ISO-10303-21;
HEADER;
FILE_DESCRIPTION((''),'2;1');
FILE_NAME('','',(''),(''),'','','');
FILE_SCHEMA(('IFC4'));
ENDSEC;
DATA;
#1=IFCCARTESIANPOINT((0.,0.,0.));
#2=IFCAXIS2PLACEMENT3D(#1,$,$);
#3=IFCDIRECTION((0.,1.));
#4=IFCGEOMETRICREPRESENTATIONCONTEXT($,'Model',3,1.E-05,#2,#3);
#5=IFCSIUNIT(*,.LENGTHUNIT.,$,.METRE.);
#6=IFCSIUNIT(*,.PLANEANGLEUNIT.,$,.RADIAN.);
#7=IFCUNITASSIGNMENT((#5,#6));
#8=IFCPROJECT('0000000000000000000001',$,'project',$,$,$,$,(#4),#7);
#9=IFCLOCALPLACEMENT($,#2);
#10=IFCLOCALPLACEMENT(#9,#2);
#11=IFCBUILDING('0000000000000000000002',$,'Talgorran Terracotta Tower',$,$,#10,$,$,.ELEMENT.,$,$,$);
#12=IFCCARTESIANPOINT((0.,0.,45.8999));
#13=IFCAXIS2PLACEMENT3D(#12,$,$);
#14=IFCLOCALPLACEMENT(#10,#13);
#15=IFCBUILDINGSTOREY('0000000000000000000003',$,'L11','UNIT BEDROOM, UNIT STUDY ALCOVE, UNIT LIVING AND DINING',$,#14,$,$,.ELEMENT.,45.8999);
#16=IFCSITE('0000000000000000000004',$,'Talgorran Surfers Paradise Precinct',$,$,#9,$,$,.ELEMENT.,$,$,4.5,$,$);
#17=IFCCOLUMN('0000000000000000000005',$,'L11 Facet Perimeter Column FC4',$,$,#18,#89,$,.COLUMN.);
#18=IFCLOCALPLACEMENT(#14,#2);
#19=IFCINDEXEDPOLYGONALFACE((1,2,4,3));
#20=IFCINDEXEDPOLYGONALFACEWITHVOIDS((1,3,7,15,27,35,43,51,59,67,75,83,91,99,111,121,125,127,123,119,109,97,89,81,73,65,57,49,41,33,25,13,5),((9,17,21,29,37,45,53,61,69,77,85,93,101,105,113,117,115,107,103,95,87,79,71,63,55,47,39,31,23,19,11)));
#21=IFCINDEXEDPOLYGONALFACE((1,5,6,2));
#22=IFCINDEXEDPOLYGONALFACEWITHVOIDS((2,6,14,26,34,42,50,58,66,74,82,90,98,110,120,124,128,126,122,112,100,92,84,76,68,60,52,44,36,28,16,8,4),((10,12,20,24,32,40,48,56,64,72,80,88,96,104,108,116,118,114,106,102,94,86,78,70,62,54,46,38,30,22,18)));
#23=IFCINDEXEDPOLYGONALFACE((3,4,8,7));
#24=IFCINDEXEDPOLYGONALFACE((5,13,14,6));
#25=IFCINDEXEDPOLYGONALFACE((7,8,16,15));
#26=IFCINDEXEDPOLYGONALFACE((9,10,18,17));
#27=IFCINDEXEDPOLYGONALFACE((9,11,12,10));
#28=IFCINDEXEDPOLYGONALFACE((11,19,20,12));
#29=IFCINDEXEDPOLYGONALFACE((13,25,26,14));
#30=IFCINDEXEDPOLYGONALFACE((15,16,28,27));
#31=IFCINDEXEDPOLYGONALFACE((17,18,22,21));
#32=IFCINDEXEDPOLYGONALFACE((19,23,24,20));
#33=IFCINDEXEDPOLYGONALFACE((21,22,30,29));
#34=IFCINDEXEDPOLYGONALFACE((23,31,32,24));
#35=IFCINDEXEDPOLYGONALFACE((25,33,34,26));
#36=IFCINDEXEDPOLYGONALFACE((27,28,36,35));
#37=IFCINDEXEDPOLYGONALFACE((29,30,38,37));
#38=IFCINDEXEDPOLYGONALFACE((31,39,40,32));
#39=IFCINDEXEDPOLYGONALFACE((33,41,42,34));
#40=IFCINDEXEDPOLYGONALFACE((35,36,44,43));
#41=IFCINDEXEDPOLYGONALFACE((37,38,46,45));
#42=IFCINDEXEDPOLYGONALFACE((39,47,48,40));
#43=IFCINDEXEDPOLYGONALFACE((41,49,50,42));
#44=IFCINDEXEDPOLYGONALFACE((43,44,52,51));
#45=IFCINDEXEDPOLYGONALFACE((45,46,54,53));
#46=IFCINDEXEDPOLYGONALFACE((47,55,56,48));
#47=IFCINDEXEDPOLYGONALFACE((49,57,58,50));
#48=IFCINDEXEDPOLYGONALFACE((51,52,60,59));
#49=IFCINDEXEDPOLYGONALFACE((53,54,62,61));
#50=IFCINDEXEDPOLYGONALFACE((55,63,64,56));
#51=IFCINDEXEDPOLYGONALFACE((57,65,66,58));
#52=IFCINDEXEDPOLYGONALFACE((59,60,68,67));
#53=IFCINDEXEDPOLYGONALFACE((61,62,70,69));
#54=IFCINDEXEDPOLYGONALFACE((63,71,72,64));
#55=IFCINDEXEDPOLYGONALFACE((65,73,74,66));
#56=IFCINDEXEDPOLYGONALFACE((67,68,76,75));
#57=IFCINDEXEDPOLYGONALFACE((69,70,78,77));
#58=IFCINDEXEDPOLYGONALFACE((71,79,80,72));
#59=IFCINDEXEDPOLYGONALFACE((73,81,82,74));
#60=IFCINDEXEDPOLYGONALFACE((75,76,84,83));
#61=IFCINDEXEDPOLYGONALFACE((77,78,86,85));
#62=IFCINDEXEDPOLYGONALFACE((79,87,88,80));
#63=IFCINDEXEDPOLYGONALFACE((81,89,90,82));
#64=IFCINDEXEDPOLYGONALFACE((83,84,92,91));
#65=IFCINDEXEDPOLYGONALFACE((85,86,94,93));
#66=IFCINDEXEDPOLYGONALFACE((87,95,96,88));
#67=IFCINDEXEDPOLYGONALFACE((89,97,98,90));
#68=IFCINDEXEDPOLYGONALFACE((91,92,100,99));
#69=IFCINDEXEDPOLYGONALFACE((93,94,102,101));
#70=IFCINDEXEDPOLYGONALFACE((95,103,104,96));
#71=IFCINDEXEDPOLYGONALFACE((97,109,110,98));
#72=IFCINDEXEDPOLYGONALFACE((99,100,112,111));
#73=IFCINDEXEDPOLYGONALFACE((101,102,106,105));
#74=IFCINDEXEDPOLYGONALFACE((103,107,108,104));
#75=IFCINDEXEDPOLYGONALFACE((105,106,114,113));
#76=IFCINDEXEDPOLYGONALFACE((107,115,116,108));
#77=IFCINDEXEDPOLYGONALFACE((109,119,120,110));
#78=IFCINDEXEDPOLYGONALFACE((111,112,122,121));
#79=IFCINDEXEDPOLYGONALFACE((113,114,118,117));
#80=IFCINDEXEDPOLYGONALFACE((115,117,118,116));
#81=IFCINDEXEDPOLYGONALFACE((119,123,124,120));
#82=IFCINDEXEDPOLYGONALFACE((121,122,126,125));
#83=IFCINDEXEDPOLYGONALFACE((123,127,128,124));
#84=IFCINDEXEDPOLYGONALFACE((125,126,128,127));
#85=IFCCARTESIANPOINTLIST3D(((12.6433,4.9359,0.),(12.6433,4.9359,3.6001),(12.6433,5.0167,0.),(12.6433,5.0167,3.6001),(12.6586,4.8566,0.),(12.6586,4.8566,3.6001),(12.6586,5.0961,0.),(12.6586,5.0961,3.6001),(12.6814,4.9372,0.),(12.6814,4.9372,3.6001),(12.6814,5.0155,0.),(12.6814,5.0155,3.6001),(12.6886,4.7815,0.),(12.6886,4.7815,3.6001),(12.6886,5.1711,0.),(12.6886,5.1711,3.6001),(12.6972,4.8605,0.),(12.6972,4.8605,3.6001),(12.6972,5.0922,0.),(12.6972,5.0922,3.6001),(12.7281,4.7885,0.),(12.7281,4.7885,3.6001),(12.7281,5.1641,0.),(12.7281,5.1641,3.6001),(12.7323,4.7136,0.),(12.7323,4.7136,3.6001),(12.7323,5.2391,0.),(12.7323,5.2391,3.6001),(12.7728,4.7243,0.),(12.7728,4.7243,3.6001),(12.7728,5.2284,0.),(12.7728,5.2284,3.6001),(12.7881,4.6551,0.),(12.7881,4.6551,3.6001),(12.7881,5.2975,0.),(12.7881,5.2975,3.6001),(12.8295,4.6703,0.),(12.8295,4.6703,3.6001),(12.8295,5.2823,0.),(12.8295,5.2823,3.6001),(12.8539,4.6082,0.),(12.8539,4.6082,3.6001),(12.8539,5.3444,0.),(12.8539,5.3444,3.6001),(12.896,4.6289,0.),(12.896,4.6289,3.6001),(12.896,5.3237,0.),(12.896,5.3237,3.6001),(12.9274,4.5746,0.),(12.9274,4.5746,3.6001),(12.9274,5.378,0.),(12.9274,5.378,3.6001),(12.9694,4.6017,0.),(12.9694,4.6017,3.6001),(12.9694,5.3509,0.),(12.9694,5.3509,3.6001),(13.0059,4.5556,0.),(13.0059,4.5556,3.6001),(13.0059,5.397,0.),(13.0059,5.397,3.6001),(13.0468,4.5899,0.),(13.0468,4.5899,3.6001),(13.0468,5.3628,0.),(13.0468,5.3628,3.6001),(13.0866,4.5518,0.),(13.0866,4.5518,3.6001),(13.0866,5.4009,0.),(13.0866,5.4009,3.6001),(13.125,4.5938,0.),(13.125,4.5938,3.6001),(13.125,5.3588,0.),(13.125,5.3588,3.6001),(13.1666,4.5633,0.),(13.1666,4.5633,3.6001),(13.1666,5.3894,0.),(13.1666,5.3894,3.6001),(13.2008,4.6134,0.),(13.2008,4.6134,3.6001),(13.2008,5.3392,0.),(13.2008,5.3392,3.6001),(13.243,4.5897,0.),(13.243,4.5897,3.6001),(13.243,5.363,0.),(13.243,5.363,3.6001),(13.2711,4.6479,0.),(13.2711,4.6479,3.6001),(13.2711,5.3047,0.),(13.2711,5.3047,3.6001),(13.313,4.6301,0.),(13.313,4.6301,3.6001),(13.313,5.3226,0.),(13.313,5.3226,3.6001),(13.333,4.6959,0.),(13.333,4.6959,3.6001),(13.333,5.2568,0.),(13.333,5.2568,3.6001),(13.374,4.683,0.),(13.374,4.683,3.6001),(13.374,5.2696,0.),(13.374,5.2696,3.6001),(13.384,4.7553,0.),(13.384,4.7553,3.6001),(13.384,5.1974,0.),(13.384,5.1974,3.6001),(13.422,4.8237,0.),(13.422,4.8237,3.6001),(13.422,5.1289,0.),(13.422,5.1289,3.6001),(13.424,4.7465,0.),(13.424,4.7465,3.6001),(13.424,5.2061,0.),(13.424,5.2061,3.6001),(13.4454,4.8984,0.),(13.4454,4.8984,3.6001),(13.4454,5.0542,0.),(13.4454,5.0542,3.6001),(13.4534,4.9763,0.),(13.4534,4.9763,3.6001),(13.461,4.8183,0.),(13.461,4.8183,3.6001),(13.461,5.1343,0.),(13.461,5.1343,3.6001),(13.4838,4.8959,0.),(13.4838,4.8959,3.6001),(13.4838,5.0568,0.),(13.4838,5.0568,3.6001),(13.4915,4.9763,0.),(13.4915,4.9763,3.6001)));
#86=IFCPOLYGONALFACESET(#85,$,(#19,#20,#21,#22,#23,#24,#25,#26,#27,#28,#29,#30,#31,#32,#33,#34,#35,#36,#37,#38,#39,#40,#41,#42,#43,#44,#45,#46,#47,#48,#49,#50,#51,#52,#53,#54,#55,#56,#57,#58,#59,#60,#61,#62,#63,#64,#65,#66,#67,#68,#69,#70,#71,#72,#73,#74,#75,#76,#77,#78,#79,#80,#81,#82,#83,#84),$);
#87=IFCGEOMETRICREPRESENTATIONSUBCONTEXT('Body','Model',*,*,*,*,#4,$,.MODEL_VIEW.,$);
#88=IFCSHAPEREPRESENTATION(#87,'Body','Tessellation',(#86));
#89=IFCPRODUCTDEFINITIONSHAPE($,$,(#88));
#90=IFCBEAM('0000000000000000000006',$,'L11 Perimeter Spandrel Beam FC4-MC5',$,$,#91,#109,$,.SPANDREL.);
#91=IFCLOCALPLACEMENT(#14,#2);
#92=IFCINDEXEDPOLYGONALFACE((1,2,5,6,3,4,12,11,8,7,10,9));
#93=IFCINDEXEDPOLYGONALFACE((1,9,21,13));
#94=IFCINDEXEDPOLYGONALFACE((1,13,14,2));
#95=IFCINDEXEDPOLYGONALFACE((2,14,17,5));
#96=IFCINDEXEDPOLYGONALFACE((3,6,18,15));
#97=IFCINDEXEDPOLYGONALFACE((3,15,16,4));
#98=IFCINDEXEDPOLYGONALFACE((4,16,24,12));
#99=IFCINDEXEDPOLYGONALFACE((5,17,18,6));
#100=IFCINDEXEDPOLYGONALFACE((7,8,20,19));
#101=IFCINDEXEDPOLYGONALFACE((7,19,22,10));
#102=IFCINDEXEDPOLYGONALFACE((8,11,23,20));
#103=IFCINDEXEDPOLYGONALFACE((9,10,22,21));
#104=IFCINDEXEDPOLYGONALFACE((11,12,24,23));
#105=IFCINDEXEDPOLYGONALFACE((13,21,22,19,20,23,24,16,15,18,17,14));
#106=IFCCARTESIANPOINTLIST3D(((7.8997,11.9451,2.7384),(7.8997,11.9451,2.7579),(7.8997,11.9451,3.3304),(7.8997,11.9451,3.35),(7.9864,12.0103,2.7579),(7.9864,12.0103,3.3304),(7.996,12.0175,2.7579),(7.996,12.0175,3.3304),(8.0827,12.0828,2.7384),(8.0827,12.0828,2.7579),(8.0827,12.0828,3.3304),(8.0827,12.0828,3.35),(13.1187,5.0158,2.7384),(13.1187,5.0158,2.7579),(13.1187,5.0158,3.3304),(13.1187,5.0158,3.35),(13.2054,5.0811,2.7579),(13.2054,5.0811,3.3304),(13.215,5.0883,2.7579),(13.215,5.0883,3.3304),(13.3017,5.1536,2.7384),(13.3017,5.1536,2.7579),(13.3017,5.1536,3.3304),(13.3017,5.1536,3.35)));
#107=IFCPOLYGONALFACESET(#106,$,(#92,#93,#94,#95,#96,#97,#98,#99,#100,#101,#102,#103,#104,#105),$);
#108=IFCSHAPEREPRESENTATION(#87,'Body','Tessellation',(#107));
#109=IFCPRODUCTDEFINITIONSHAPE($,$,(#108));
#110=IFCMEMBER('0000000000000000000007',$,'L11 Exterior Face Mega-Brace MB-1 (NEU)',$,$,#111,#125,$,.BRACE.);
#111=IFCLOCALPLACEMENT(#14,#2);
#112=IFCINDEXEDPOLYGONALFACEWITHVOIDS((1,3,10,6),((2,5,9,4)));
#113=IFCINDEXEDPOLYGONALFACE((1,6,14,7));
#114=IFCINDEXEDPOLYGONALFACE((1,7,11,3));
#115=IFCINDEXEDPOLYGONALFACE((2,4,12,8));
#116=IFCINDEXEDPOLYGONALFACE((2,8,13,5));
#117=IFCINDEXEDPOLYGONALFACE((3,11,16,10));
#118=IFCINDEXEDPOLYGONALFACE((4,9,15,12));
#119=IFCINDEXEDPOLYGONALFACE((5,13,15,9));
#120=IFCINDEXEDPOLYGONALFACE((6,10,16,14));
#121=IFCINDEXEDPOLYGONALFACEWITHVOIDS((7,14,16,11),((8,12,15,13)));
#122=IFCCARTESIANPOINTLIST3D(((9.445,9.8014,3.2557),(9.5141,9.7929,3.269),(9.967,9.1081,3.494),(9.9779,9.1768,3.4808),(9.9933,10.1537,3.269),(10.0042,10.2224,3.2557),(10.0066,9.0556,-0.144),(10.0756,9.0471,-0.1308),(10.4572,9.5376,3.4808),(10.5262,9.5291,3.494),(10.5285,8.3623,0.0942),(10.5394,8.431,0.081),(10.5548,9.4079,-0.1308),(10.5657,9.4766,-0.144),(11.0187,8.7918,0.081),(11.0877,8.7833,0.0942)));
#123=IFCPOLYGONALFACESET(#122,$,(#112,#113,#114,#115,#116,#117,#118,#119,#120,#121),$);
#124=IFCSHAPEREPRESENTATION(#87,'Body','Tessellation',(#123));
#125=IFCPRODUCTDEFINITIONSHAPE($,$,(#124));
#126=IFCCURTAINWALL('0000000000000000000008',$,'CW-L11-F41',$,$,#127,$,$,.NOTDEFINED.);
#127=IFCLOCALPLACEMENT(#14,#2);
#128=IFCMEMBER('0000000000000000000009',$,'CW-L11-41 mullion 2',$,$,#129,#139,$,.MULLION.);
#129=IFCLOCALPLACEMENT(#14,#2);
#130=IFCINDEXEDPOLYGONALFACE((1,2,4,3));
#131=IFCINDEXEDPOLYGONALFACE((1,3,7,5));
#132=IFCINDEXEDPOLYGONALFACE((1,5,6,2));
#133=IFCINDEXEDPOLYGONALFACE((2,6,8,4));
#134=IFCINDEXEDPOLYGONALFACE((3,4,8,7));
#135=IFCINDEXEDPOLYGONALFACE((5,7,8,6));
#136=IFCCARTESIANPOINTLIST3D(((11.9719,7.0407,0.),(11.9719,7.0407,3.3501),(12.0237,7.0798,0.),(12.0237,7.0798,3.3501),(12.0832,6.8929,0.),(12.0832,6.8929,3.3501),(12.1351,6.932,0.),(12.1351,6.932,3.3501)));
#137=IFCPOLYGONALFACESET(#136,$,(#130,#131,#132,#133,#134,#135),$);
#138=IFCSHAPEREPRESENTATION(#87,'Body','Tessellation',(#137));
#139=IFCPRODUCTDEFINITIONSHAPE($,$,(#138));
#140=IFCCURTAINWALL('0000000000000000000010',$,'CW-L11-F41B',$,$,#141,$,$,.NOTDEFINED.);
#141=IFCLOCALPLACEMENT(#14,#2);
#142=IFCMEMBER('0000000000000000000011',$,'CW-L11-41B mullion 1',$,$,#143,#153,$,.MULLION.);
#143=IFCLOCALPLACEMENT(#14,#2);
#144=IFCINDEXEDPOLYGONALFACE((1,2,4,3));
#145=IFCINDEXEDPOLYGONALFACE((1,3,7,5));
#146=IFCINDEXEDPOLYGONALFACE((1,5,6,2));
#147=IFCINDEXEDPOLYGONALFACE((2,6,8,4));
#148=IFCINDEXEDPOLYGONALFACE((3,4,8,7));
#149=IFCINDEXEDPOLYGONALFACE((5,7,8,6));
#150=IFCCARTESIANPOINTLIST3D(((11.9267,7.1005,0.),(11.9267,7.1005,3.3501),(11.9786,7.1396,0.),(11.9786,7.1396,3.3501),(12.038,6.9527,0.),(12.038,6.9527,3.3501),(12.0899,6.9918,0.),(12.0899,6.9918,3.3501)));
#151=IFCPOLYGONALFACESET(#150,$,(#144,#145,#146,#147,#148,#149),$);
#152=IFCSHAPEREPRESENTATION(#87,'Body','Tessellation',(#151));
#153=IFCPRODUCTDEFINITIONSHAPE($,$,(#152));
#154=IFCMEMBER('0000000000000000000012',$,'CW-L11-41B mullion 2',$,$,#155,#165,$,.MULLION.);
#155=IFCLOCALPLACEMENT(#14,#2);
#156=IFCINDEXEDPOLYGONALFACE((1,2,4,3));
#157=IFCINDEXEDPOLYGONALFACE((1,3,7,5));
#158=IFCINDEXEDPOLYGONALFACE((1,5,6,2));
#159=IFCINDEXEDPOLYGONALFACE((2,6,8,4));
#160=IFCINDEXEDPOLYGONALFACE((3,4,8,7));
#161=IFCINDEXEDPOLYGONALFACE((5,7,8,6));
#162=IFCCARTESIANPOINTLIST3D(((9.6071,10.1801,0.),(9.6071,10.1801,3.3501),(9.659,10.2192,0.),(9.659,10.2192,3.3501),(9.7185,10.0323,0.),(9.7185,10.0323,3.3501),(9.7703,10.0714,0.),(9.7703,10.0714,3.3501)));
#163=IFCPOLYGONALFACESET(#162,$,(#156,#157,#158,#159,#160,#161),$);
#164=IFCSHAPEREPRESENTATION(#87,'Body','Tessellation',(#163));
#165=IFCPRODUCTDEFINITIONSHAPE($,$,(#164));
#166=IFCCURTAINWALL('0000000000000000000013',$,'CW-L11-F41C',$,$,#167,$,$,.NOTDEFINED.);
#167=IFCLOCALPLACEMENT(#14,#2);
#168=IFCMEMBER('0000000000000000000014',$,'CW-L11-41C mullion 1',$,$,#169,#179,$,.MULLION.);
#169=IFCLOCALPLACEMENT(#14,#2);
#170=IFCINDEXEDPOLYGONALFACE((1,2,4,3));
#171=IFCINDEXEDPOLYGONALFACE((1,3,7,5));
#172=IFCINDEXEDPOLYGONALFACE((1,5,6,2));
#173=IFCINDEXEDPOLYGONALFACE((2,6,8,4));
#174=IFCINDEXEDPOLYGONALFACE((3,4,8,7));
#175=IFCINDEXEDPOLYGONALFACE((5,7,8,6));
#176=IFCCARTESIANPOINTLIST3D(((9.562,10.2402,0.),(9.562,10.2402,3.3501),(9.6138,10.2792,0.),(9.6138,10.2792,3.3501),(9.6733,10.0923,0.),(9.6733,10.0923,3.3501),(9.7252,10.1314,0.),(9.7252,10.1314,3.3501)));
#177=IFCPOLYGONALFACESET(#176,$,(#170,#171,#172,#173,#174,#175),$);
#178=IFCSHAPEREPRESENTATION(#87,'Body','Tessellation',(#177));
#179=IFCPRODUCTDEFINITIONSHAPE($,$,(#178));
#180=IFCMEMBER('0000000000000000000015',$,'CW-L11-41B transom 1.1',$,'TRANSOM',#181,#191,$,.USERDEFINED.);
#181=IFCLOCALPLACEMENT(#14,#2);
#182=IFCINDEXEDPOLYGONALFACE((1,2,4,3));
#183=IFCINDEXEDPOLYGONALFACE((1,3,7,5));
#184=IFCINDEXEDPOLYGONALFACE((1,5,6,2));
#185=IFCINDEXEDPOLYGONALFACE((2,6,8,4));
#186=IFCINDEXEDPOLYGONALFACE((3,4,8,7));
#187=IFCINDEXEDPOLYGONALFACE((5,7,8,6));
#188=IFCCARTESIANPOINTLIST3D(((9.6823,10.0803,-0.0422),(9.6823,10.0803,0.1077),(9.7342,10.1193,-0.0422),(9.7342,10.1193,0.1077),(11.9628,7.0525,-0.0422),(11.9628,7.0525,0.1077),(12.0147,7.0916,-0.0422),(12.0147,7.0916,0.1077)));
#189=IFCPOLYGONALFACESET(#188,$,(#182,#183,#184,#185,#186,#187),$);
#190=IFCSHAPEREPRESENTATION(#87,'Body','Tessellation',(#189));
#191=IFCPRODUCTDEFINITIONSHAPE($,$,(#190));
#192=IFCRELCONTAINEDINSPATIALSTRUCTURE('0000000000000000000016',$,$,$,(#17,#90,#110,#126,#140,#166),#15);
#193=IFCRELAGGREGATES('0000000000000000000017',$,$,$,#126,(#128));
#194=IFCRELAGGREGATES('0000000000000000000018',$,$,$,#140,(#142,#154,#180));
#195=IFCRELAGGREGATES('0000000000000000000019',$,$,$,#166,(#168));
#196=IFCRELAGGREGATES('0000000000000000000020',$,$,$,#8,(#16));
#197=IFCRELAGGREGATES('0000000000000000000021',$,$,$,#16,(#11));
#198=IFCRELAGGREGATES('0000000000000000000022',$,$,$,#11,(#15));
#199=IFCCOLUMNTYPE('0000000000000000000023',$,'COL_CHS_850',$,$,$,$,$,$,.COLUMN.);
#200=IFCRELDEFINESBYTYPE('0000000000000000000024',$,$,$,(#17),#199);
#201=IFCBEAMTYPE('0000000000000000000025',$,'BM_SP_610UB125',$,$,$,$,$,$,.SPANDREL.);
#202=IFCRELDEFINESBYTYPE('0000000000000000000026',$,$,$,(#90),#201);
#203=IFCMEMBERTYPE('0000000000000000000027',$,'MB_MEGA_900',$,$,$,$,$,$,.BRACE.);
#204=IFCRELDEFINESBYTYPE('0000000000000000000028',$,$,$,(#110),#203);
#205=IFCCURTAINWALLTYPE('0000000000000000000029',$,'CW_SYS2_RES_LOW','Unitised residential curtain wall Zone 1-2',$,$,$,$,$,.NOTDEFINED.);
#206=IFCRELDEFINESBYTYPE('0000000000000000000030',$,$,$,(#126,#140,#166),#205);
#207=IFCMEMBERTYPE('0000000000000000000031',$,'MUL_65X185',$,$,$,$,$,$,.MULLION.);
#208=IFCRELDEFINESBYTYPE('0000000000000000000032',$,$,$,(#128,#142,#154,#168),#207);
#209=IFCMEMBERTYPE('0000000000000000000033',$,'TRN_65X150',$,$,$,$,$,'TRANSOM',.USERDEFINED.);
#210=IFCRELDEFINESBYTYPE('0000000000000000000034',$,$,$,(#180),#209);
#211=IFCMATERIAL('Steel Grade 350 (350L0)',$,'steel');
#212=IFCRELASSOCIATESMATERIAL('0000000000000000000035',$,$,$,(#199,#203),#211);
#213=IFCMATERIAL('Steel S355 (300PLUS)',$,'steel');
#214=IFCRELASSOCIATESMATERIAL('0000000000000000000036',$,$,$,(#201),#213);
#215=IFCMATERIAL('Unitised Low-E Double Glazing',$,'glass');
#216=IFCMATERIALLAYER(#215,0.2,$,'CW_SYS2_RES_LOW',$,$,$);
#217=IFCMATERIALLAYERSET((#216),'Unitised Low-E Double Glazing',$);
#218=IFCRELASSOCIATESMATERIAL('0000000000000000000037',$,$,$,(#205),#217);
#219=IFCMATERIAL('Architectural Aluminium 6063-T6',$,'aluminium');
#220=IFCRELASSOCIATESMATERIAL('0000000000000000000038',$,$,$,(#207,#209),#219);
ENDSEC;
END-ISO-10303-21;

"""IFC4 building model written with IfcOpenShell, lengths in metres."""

from ifc_helpers import new_model, si_unit, direction, frame, origin, origin_2d, place, context, subcontext, project, spatial, rectangle, hollow_rectangle, hollow_circle, i_section, extrude, material, layer, layer_set, material_profile, profile_set, type_object, element, aggregate, save


model = new_model("IFC4")

# Units and contexts
model_context = context("Model", 3, precision=1e-05, world=origin(), true_north=direction((0.0, 1.0)))
body_context = subcontext(model_context, "Body", "Model", "MODEL_VIEW")
ifc_project = project(units=[si_unit("LENGTHUNIT", "METRE"), si_unit("PLANEANGLEUNIT", "RADIAN")], contexts=[model_context])

# Site, building, storey
site_placement = place(None, origin())
site = spatial("IfcSite", under=ifc_project, at=site_placement, Name="Talgorran Surfers Paradise Precinct", CompositionType="ELEMENT", RefElevation=4.5)
building_placement = place(site_placement, origin())
building = spatial("IfcBuilding", under=site, at=building_placement, Name="Talgorran Terracotta Tower", CompositionType="ELEMENT")
storey_placement = place(building_placement, frame((0.0, 0.0, 45.8999)))
storey = spatial("IfcBuildingStorey", under=building, at=storey_placement, Name="L11", Description="UNIT BEDROOM, UNIT STUDY ALCOVE, UNIT LIVING AND DINING", CompositionType="ELEMENT", Elevation=45.8999)

# Column
ifc_material_1 = material(Name="Steel Grade 350 (350L0)", Category="steel")
ifc_material_profile_1 = material_profile(ifc_material_1, hollow_circle(Radius=0.425, WallThickness=0.0381, at=origin_2d()), Name="CHS850X38")
ifc_profile_set_1 = profile_set([ifc_material_profile_1], Name="Steel Grade 350 (350L0)")
column_type = type_object("IfcColumnType", Name="COL_CHS_850", PredefinedType="COLUMN", material=ifc_profile_set_1)
column_placement = place(storey_placement, frame((13.0664, 4.9763, 0.0), z_axis=(0.0, 0.0, 1.0), x_axis=(1.0, 0.0, 0.0)))
element("IfcColumn", 1, at=column_placement, inside=storey, type_object=column_type, Name="L11 Facet Perimeter Column FC4", PredefinedType="COLUMN", context=body_context, shape_type="SweptSolid", body=[
    extrude(hollow_circle(Radius=0.425, WallThickness=0.0381, at=origin_2d()), origin(), (0.0, 0.0, 1.0), 3.6001),
])

# Beam
ifc_material_2 = material(Name="Steel S355 (300PLUS)", Category="steel")
ifc_material_profile_2 = material_profile(ifc_material_2, i_section(OverallWidth=0.229, OverallDepth=0.6116, WebThickness=0.012, FlangeThickness=0.0195, at=origin_2d()), Name="610UB125")
ifc_profile_set_2 = profile_set([ifc_material_profile_2], Name="Steel S355 (300PLUS)")
beam_type = type_object("IfcBeamType", Name="BM_SP_610UB125", PredefinedType="SPANDREL", material=ifc_profile_set_2)
beam_placement = place(storey_placement, frame((13.2102, 5.0847, 3.0442), z_axis=(-0.601629, 0.798776, 0.0), x_axis=(-0.798776, -0.601629, 0.0)))
element("IfcBeam", 2, at=beam_placement, inside=storey, type_object=beam_type, Name="L11 Perimeter Spandrel Beam FC4-MC5", PredefinedType="SPANDREL", context=body_context, shape_type="SweptSolid", body=[
    extrude(i_section(OverallWidth=0.229, OverallDepth=0.6116, WebThickness=0.012, FlangeThickness=0.0195, at=origin_2d()), origin(), (0.0, 0.0, 1.0), 8.6748),
])

# Member
ifc_material_profile_3 = material_profile(ifc_material_1, hollow_rectangle(XDim=0.7, YDim=0.8999, WallThickness=0.05, at=origin_2d()), Name="WBOX900X700X50")
ifc_profile_set_3 = profile_set([ifc_material_profile_3], Name="Steel Grade 350 (350L0)")
member_type_1 = type_object("IfcMemberType", Name="MB_MEGA_900", PredefinedType="BRACE", material=ifc_profile_set_3)
member_1_placement = place(storey_placement, frame((10.5471, 8.9194, -0.0249), z_axis=(-0.159263, 0.211543, 0.964305), x_axis=(-0.7989, -0.601463, 0.0)))
element("IfcMember", 3, at=member_1_placement, inside=storey, type_object=member_type_1, Name="L11 Exterior Face Mega-Brace MB-1 (NEU)", PredefinedType="BRACE", context=body_context, shape_type="SweptSolid", body=[
    extrude(hollow_rectangle(XDim=0.7, YDim=0.8999, WallThickness=0.05, at=origin_2d()), origin(), (0.0, 0.0, 1.0), 3.5256),
])

# Curtain wall, member
ifc_material_3 = material(Name="Unitised Low-E Double Glazing", Category="glass")
ifc_layer_1 = layer(ifc_material_3, 0.2, Name="CW_SYS2_RES_LOW")
ifc_layer_set_1 = layer_set([ifc_layer_1], Name="Unitised Low-E Double Glazing")
curtain_wall_type = type_object("IfcCurtainWallType", Name="CW_SYS2_RES_LOW", Description="Unitised residential curtain wall Zone 1-2", PredefinedType="NOTDEFINED", material=ifc_layer_set_1)
curtain_wall_1_placement = place(storey_placement, origin())
curtain_wall_1 = element("IfcCurtainWall", 4, at=curtain_wall_1_placement, inside=storey, type_object=curtain_wall_type, Name="CW-L11-F41", PredefinedType="NOTDEFINED")
ifc_material_4 = material(Name="Architectural Aluminium 6063-T6", Category="aluminium")
ifc_material_profile_4 = material_profile(ifc_material_4, rectangle(XDim=0.0649, YDim=0.1851, at=origin_2d()), Name="CWM65X185")
ifc_profile_set_4 = profile_set([ifc_material_profile_4], Name="Architectural Aluminium 6063-T6")
member_type_2 = type_object("IfcMemberType", Name="MUL_65X185", PredefinedType="MULLION", material=ifc_profile_set_4)
member_2_placement = place(storey_placement, frame((12.0535, 6.9863, 0.0), z_axis=(0.0, 0.0, 1.0), x_axis=(-0.798778, -0.601626, 0.0)))
member_2 = element("IfcMember", 5, at=member_2_placement, type_object=member_type_2, Name="CW-L11-41 mullion 2", PredefinedType="MULLION", context=body_context, shape_type="SweptSolid", body=[
    extrude(rectangle(XDim=0.0649, YDim=0.1851, at=origin_2d()), origin(), (0.0, 0.0, 1.0), 3.3501),
])
aggregate(curtain_wall_1, [member_2])

# Curtain wall, members
curtain_wall_2_placement = place(storey_placement, origin())
curtain_wall_2 = element("IfcCurtainWall", 6, at=curtain_wall_2_placement, inside=storey, type_object=curtain_wall_type, Name="CW-L11-F41B", PredefinedType="NOTDEFINED")
member_3_placement = place(storey_placement, frame((12.0083, 7.0461, 0.0), z_axis=(0.0, 0.0, 1.0), x_axis=(-0.798774, -0.601631, 0.0)))
member_3 = element("IfcMember", 7, at=member_3_placement, type_object=member_type_2, Name="CW-L11-41B mullion 1", PredefinedType="MULLION", context=body_context, shape_type="SweptSolid", body=[
    extrude(rectangle(XDim=0.0649, YDim=0.1851, at=origin_2d()), origin(), (0.0, 0.0, 1.0), 3.3501),
])
member_4_placement = place(storey_placement, frame((9.6887, 10.1257, 0.0), z_axis=(0.0, 0.0, 1.0), x_axis=(-0.798774, -0.601631, 0.0)))
member_4 = element("IfcMember", 8, at=member_4_placement, type_object=member_type_2, Name="CW-L11-41B mullion 2", PredefinedType="MULLION", context=body_context, shape_type="SweptSolid", body=[
    extrude(rectangle(XDim=0.0649, YDim=0.1851, at=origin_2d()), origin(), (0.0, 0.0, 1.0), 3.3501),
])

# Curtain wall, member
curtain_wall_3_placement = place(storey_placement, origin())
curtain_wall_3 = element("IfcCurtainWall", 9, at=curtain_wall_3_placement, inside=storey, type_object=curtain_wall_type, Name="CW-L11-F41C", PredefinedType="NOTDEFINED")
member_5_placement = place(storey_placement, frame((9.6436, 10.1858, 0.0), z_axis=(0.0, 0.0, 1.0), x_axis=(-0.798788, -0.601613, 0.0)))
member_5 = element("IfcMember", 10, at=member_5_placement, type_object=member_type_2, Name="CW-L11-41C mullion 1", PredefinedType="MULLION", context=body_context, shape_type="SweptSolid", body=[
    extrude(rectangle(XDim=0.0649, YDim=0.1851, at=origin_2d()), origin(), (0.0, 0.0, 1.0), 3.3501),
])

# Member
ifc_material_profile_5 = material_profile(ifc_material_4, rectangle(XDim=0.0649, YDim=0.1499, at=origin_2d()), Name="CWT65X150")
ifc_profile_set_5 = profile_set([ifc_material_profile_5], Name="Architectural Aluminium 6063-T6")
member_type_3 = type_object("IfcMemberType", Name="TRN_65X150", ElementType="TRANSOM", PredefinedType="USERDEFINED", material=ifc_profile_set_5)
member_6_placement = place(storey_placement, frame((11.9888, 7.072, 0.0327), z_axis=(-0.601627, 0.798777, 0.0), x_axis=(-0.798777, -0.601627, 0.0)))
member_6 = element("IfcMember", 11, at=member_6_placement, type_object=member_type_3, Name="CW-L11-41B transom 1.1", ObjectType="TRANSOM", PredefinedType="USERDEFINED", context=body_context, shape_type="SweptSolid", body=[
    extrude(rectangle(XDim=0.0649, YDim=0.1499, at=origin_2d()), origin(), (0.0, 0.0, 1.0), 3.7905),
])

aggregate(curtain_wall_2, [member_3, member_4, member_6])
aggregate(curtain_wall_3, [member_5])

save(model, "model.ifc")
